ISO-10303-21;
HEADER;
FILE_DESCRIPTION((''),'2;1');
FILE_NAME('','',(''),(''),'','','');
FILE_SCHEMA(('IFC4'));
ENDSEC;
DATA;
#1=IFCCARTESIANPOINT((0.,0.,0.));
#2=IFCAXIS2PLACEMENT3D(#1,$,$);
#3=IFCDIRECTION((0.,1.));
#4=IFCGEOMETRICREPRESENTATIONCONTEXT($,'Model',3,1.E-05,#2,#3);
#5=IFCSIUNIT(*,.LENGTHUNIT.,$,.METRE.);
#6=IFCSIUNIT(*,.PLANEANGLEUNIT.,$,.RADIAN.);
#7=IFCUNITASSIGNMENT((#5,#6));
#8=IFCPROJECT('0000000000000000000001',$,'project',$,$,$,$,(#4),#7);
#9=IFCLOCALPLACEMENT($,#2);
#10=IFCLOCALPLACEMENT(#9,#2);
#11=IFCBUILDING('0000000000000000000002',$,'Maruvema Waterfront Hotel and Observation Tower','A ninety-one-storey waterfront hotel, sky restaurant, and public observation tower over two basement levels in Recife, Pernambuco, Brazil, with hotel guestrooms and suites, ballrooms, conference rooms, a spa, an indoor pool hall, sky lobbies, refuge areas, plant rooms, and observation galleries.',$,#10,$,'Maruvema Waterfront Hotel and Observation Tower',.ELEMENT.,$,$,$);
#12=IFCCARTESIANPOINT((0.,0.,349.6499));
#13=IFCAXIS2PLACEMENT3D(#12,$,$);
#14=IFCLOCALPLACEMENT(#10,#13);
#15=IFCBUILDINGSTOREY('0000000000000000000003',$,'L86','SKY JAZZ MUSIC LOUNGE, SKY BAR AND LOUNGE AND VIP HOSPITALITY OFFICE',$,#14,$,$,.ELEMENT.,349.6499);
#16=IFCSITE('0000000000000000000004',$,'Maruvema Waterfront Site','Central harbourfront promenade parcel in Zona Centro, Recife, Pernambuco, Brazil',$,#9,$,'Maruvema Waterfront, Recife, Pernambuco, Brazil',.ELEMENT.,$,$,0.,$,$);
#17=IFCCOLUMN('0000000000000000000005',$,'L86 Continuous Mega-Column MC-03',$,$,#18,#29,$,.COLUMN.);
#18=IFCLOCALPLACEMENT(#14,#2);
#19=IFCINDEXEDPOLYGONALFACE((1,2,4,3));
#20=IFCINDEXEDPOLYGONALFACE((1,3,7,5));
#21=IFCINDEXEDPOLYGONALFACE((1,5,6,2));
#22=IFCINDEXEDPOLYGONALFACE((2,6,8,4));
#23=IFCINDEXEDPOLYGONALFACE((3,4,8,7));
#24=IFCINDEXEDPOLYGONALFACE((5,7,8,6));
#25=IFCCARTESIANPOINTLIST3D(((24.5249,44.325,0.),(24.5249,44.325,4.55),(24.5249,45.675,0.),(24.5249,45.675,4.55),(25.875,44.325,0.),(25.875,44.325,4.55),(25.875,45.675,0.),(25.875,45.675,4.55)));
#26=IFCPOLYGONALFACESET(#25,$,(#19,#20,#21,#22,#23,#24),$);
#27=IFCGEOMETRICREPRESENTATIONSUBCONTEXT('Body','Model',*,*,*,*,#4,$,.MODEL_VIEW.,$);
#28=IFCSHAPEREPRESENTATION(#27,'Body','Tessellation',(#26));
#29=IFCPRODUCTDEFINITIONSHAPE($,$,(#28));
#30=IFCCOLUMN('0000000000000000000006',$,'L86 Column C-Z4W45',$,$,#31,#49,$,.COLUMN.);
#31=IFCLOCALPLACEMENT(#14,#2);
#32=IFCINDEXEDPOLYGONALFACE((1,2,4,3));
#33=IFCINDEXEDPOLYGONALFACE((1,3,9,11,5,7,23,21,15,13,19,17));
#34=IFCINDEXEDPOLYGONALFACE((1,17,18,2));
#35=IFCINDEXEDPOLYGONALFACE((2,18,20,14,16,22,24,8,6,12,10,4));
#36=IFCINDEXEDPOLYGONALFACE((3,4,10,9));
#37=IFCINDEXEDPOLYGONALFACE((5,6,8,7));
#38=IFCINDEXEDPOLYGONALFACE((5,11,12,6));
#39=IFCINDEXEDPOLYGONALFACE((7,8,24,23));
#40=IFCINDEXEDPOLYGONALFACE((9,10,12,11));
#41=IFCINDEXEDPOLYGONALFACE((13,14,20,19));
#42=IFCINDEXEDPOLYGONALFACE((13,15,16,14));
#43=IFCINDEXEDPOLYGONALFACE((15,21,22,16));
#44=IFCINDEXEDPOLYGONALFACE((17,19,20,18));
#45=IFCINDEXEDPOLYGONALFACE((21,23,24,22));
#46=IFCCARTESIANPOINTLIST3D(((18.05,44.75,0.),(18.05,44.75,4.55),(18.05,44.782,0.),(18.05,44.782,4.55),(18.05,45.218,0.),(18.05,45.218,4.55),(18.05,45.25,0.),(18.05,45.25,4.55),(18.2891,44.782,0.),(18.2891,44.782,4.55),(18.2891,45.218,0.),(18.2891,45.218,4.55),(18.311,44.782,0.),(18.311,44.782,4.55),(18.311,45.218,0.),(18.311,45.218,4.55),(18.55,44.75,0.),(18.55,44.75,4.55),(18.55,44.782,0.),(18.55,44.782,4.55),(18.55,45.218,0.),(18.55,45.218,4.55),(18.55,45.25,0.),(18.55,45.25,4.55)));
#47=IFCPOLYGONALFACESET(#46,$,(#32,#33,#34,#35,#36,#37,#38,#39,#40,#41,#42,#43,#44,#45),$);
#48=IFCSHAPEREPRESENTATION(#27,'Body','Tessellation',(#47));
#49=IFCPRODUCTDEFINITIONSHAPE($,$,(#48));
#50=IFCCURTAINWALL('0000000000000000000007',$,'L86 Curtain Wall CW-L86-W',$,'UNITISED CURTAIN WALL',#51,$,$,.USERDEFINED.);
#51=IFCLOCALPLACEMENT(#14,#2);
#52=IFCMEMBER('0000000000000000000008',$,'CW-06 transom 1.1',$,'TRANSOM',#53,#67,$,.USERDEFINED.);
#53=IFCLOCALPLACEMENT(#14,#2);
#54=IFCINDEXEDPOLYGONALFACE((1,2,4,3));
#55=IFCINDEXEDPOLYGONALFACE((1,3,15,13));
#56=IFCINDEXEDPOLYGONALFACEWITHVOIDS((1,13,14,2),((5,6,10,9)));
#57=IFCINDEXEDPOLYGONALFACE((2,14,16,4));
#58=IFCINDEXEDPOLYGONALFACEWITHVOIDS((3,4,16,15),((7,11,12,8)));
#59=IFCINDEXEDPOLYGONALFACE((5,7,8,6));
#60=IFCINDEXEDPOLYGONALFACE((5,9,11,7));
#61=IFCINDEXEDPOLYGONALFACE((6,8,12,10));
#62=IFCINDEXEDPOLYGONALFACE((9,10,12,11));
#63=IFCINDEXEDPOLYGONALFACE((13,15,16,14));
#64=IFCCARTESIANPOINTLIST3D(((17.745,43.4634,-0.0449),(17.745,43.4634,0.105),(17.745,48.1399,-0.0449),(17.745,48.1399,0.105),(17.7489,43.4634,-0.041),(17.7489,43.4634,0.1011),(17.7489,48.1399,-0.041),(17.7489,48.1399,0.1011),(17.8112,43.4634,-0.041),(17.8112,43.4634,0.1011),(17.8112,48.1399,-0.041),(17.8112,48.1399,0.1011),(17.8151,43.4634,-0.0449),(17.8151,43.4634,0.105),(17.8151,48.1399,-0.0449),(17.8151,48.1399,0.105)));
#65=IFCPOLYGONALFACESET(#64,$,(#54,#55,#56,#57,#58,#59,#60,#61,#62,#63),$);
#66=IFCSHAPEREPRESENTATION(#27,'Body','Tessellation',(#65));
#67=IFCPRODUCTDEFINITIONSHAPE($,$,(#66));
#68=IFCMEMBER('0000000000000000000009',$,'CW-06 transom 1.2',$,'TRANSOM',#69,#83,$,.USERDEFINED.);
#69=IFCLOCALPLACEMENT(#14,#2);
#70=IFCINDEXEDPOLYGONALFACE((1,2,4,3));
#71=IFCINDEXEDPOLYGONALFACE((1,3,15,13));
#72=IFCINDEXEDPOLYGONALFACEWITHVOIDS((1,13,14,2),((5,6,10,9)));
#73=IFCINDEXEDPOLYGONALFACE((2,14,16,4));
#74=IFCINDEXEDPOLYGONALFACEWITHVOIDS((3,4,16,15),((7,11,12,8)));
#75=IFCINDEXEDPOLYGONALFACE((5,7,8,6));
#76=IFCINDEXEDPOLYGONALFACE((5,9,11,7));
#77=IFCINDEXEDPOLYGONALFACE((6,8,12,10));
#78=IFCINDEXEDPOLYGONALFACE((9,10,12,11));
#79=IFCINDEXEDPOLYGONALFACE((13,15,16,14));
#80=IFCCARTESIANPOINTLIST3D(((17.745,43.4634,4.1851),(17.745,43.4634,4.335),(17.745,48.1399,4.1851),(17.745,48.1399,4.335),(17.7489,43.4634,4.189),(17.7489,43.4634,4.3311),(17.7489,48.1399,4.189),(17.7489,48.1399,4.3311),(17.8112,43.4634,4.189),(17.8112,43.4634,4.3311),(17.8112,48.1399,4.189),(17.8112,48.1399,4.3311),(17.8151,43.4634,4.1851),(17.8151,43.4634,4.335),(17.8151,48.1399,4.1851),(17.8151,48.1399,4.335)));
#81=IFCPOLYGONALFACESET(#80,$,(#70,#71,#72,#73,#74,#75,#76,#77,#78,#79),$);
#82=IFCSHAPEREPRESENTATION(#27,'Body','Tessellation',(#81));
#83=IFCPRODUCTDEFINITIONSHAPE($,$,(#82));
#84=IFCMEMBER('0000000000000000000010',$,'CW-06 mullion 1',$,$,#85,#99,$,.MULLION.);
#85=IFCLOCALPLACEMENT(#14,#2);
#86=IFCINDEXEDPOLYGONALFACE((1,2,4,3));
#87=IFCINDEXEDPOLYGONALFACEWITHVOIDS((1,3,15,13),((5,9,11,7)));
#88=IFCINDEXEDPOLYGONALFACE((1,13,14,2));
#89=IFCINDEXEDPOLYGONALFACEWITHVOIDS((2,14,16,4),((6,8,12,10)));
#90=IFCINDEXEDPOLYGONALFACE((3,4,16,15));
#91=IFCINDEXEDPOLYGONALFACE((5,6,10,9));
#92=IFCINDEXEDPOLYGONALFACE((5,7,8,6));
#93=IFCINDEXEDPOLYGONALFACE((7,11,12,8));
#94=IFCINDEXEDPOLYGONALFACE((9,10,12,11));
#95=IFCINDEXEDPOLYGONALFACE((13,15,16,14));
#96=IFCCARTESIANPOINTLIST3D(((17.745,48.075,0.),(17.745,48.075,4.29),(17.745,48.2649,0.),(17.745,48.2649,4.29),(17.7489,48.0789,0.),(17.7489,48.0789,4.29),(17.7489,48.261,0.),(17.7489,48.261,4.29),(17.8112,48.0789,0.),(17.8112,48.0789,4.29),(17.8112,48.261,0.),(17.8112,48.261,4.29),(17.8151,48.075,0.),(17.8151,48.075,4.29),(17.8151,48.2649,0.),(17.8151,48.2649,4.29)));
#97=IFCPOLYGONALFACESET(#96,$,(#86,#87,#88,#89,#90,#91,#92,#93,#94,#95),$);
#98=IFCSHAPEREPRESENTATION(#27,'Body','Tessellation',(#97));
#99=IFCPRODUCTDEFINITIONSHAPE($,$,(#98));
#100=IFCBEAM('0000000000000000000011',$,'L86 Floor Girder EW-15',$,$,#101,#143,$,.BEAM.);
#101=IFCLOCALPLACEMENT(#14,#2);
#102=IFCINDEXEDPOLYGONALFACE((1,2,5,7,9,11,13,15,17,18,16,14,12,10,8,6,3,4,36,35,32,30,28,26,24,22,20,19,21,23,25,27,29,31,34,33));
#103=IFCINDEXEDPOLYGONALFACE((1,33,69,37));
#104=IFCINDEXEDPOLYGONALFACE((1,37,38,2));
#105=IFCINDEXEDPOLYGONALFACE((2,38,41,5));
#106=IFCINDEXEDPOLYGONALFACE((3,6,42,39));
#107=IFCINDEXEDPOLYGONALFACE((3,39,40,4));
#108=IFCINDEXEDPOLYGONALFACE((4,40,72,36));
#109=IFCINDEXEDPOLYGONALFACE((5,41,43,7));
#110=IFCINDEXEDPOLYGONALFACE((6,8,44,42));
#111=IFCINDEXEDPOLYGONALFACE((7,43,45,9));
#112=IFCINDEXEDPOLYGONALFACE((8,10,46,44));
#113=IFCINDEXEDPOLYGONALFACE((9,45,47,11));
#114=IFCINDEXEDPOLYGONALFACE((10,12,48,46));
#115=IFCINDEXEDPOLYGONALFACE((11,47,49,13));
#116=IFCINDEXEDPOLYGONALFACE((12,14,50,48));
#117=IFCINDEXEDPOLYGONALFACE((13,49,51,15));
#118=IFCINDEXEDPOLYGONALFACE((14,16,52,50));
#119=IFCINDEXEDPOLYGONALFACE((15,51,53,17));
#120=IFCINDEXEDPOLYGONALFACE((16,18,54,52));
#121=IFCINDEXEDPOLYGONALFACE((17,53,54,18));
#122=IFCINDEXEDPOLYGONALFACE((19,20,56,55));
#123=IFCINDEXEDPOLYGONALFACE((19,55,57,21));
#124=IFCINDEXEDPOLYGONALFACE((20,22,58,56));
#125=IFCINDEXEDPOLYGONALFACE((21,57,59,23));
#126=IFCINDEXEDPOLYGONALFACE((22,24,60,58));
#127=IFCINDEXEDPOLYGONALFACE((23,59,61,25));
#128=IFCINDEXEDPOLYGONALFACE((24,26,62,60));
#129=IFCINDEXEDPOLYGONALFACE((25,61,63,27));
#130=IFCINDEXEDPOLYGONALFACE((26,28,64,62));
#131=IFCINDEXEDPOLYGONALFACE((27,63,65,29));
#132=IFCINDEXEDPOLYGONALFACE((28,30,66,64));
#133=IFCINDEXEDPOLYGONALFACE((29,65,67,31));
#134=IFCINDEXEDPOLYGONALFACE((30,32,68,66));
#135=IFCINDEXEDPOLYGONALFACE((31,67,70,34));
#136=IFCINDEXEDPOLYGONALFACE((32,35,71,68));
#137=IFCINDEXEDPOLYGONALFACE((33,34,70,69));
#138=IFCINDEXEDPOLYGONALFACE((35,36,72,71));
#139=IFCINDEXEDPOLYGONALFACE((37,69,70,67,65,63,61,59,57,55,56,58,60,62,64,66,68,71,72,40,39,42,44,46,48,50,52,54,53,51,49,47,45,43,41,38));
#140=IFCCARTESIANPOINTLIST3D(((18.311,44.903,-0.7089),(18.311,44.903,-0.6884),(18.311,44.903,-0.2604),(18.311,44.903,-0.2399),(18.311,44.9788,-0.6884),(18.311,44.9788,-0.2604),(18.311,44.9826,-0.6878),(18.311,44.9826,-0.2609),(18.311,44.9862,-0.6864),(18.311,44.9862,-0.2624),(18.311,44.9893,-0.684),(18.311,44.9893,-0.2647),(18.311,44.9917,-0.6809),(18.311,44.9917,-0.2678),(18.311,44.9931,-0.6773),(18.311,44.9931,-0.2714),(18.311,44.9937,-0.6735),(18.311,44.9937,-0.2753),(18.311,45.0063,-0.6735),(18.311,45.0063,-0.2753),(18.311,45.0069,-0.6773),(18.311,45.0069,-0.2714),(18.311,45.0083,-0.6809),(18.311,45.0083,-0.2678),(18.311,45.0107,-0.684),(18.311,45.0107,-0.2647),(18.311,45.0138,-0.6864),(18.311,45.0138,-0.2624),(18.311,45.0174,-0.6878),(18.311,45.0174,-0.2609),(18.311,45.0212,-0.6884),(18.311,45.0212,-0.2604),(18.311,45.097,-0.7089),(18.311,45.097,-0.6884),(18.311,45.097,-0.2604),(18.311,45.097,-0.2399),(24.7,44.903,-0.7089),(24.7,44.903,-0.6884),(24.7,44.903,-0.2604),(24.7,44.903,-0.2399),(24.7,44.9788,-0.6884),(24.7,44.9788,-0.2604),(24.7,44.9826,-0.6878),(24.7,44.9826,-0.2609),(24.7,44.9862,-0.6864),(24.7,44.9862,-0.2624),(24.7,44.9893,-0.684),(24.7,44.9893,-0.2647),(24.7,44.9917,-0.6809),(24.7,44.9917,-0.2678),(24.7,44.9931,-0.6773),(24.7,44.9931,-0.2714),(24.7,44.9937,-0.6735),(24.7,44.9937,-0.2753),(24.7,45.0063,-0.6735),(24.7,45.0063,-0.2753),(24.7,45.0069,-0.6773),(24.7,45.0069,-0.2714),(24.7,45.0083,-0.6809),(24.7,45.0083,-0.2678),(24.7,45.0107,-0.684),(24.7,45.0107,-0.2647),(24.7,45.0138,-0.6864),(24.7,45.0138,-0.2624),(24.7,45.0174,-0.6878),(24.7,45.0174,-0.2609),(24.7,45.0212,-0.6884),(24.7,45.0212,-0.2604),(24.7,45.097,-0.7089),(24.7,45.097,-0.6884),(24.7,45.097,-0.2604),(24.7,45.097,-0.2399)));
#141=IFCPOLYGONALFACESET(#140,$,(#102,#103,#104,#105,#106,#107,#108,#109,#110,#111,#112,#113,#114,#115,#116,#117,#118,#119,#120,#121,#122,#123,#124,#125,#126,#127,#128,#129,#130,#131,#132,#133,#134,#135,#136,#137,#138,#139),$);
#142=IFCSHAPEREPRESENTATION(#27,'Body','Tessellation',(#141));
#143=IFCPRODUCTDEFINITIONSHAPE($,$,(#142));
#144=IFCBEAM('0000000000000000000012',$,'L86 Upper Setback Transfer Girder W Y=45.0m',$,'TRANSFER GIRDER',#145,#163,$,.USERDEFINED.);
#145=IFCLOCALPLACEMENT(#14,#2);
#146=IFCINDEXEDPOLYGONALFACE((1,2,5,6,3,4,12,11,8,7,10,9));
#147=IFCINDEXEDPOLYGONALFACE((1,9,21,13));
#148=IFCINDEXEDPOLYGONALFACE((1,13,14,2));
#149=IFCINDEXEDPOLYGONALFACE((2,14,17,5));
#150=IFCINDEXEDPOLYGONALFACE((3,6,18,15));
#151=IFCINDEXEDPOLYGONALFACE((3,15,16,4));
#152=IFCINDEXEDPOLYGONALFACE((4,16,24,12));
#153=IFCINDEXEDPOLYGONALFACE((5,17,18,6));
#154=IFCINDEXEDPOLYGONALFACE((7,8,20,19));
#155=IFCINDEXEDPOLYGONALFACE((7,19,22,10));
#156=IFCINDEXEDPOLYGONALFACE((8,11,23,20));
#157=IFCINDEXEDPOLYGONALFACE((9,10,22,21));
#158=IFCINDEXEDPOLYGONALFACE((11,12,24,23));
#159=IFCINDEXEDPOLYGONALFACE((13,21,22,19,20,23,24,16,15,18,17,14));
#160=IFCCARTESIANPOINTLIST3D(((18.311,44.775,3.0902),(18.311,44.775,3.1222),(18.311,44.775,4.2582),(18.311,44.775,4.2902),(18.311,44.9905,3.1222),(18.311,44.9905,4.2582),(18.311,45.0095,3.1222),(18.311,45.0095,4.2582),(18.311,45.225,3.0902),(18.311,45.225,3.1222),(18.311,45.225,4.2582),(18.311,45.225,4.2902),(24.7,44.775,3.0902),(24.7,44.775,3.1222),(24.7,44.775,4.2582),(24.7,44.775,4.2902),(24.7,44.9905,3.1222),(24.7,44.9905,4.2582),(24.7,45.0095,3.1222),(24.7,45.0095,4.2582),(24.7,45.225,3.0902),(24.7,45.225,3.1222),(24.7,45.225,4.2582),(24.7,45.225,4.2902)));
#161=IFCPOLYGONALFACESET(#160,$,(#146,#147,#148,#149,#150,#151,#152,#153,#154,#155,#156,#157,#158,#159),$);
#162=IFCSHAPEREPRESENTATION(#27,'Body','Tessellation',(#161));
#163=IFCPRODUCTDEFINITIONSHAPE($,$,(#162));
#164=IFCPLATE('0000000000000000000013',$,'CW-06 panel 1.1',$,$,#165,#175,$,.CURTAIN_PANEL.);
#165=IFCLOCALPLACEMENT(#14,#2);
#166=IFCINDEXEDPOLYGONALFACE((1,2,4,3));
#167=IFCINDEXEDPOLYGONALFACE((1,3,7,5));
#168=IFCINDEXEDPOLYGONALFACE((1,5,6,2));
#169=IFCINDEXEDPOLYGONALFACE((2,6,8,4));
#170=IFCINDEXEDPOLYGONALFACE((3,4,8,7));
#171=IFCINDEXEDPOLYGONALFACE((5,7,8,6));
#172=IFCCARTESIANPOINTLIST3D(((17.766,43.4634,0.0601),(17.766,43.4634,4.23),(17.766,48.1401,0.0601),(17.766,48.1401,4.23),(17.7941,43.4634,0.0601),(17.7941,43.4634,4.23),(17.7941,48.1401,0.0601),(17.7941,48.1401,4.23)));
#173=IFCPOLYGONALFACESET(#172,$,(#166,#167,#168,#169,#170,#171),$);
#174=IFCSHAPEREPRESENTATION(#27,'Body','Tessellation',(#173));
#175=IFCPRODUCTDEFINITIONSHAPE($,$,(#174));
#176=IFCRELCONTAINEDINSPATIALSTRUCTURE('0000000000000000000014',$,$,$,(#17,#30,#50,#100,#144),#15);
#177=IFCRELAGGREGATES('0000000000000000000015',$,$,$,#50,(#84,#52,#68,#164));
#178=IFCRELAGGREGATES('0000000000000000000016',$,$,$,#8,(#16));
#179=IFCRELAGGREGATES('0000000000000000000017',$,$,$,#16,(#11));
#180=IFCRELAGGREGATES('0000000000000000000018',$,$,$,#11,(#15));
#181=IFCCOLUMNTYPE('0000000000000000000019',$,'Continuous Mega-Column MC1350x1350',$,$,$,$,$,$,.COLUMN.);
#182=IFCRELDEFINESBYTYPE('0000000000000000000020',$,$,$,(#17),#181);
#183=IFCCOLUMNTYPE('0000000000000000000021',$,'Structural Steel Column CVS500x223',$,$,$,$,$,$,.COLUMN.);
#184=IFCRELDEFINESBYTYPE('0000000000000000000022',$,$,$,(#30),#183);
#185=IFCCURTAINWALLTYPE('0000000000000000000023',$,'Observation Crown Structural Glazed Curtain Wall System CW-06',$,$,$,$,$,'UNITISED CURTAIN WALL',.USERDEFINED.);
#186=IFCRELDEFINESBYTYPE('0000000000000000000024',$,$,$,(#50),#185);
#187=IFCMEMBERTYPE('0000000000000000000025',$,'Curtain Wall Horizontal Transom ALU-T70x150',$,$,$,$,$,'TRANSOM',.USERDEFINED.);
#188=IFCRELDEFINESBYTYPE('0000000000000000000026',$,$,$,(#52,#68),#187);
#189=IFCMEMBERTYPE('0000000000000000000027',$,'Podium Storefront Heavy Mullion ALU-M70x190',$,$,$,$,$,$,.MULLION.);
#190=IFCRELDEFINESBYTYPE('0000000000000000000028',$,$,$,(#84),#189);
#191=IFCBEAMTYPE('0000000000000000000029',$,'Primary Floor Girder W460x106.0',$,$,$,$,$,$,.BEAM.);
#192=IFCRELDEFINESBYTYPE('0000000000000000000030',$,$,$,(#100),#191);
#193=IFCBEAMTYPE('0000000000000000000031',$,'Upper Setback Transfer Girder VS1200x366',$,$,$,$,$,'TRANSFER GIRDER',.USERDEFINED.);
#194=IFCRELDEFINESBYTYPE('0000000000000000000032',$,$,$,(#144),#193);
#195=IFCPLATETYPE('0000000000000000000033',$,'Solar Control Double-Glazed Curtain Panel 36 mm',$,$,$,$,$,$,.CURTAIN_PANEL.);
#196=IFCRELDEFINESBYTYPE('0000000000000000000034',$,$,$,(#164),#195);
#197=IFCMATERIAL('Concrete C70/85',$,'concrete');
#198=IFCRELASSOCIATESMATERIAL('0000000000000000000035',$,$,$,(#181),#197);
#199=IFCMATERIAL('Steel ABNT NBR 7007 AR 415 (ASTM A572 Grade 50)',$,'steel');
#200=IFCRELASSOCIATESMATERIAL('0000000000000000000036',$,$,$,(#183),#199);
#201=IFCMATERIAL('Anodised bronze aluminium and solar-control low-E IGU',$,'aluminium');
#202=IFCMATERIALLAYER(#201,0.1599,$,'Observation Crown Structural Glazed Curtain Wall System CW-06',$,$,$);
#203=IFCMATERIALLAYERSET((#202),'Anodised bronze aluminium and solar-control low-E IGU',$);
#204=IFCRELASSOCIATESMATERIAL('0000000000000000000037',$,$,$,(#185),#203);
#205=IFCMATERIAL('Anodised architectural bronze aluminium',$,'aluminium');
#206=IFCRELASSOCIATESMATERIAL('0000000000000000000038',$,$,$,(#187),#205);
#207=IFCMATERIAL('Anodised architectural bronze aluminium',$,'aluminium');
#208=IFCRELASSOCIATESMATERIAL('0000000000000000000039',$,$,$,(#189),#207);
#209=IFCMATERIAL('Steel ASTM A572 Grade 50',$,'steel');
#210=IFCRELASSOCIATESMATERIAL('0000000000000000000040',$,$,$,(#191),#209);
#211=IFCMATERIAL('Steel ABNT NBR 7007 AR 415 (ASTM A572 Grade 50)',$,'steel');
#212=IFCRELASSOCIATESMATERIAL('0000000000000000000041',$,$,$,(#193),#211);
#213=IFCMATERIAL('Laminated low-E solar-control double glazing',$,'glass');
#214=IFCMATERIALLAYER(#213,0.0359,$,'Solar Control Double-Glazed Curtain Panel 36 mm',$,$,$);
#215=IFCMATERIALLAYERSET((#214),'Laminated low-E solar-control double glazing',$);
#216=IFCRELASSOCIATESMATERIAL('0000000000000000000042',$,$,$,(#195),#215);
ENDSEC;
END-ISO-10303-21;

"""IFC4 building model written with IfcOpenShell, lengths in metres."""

from ifc_helpers import new_model, si_unit, direction, frame, origin, origin_2d, place, context, subcontext, project, spatial, rectangle, hollow_rectangle, i_section, extrude, material, layer, layer_set, material_profile, profile_set, type_object, element, aggregate, save


model = new_model("IFC4")

# Units and contexts
model_context = context("Model", 3, precision=1e-05, world=origin(), true_north=direction((0.0, 1.0)))
body_context = subcontext(model_context, "Body", "Model", "MODEL_VIEW")
ifc_project = project(units=[si_unit("LENGTHUNIT", "METRE"), si_unit("PLANEANGLEUNIT", "RADIAN")], contexts=[model_context])

# Site, building, storey
site_placement = place(None, origin())
site = spatial("IfcSite", under=ifc_project, at=site_placement, Name="Maruvema Waterfront Site", Description="Central harbourfront promenade parcel in Zona Centro, Recife, Pernambuco, Brazil", LongName="Maruvema Waterfront, Recife, Pernambuco, Brazil", CompositionType="ELEMENT", RefElevation=0.0)
building_placement = place(site_placement, origin())
building = spatial("IfcBuilding", under=site, at=building_placement, Name="Maruvema Waterfront Hotel and Observation Tower", Description="A ninety-one-storey waterfront hotel, sky restaurant, and public observation tower over two basement levels in Recife, Pernambuco, Brazil, with hotel guestrooms and suites, ballrooms, conference rooms, a spa, an indoor pool hall, sky lobbies, refuge areas, plant rooms, and observation galleries.", LongName="Maruvema Waterfront Hotel and Observation Tower", CompositionType="ELEMENT")
storey_placement = place(building_placement, frame((0.0, 0.0, 349.6499)))
storey = spatial("IfcBuildingStorey", under=building, at=storey_placement, Name="L86", Description="SKY JAZZ MUSIC LOUNGE, SKY BAR AND LOUNGE AND VIP HOSPITALITY OFFICE", CompositionType="ELEMENT", Elevation=349.6499)

# Columns
ifc_material_1 = material(Name="Concrete C70/85", Category="concrete")
ifc_material_profile_1 = material_profile(ifc_material_1, rectangle(XDim=1.3501, YDim=1.3501, at=origin_2d()), Name="MC1350x1350")
ifc_profile_set_1 = profile_set([ifc_material_profile_1], Name="Concrete C70/85")
column_type_1 = type_object("IfcColumnType", Name="Continuous Mega-Column MC1350x1350", PredefinedType="COLUMN", material=ifc_profile_set_1)
column_1_placement = place(storey_placement, frame((25.2, 45.0, 0.0), z_axis=(0.0, 0.0, 1.0), x_axis=(1.0, 0.0, 0.0)))
element("IfcColumn", 1, at=column_1_placement, inside=storey, type_object=column_type_1, Name="L86 Continuous Mega-Column MC-03", PredefinedType="COLUMN", context=body_context, shape_type="SweptSolid", body=[
    extrude(rectangle(XDim=1.3501, YDim=1.3501, at=origin_2d()), origin(), (0.0, 0.0, 1.0), 4.55),
])
ifc_material_2 = material(Name="Steel ABNT NBR 7007 AR 415 (ASTM A572 Grade 50)", Category="steel")
ifc_material_profile_2 = material_profile(ifc_material_2, i_section(OverallWidth=0.5, OverallDepth=0.5, WebThickness=0.022, FlangeThickness=0.032, at=origin_2d()), Name="CVS500x223")
ifc_profile_set_2 = profile_set([ifc_material_profile_2], Name="Steel ABNT NBR 7007 AR 415 (ASTM A572 Grade 50)")
column_type_2 = type_object("IfcColumnType", Name="Structural Steel Column CVS500x223", PredefinedType="COLUMN", material=ifc_profile_set_2)
column_2_placement = place(storey_placement, frame((18.3, 45.0, 0.0), z_axis=(0.0, 0.0, 1.0), x_axis=(1.0, 0.0, 0.0)))
element("IfcColumn", 2, at=column_2_placement, inside=storey, type_object=column_type_2, Name="L86 Column C-Z4W45", PredefinedType="COLUMN", context=body_context, shape_type="SweptSolid", body=[
    extrude(i_section(OverallWidth=0.5, OverallDepth=0.5, WebThickness=0.022, FlangeThickness=0.032, at=origin_2d()), origin(), (0.0, 0.0, 1.0), 4.55),
])

# Curtain wall, members
ifc_material_3 = material(Name="Anodised bronze aluminium and solar-control low-E IGU", Category="aluminium")
ifc_layer_1 = layer(ifc_material_3, 0.1599, Name="Observation Crown Structural Glazed Curtain Wall System CW-06")
ifc_layer_set_1 = layer_set([ifc_layer_1], Name="Anodised bronze aluminium and solar-control low-E IGU")
curtain_wall_type = type_object("IfcCurtainWallType", Name="Observation Crown Structural Glazed Curtain Wall System CW-06", ElementType="UNITISED CURTAIN WALL", PredefinedType="USERDEFINED", material=ifc_layer_set_1)
curtain_wall_placement = place(storey_placement, origin())
curtain_wall = element("IfcCurtainWall", 3, at=curtain_wall_placement, inside=storey, type_object=curtain_wall_type, Name="L86 Curtain Wall CW-L86-W", ObjectType="UNITISED CURTAIN WALL", PredefinedType="USERDEFINED")
ifc_material_4 = material(Name="Anodised architectural bronze aluminium", Category="aluminium")
ifc_material_profile_3 = material_profile(ifc_material_4, hollow_rectangle(XDim=0.0701, YDim=0.1499, WallThickness=0.0039, at=origin_2d()), Name="ALU-T70x150")
ifc_profile_set_3 = profile_set([ifc_material_profile_3], Name="Anodised architectural bronze aluminium")
member_type_1 = type_object("IfcMemberType", Name="Curtain Wall Horizontal Transom ALU-T70x150", ElementType="TRANSOM", PredefinedType="USERDEFINED", material=ifc_profile_set_3)
member_1_placement = place(storey_placement, frame((17.78, 48.1399, 0.03), z_axis=(0.0, -1.0, 0.0), x_axis=(1.0, 0.0, 0.0)))
member_1 = element("IfcMember", 4, at=member_1_placement, type_object=member_type_1, Name="CW-06 transom 1.1", ObjectType="TRANSOM", PredefinedType="USERDEFINED", context=body_context, shape_type="SweptSolid", body=[
    extrude(hollow_rectangle(XDim=0.0701, YDim=0.1499, WallThickness=0.0039, at=origin_2d()), origin(), (0.0, 0.0, 1.0), 4.6765),
])
member_2_placement = place(storey_placement, frame((17.78, 48.1399, 4.26), z_axis=(0.0, -1.0, 0.0), x_axis=(1.0, 0.0, 0.0)))
member_2 = element("IfcMember", 5, at=member_2_placement, type_object=member_type_1, Name="CW-06 transom 1.2", ObjectType="TRANSOM", PredefinedType="USERDEFINED", context=body_context, shape_type="SweptSolid", body=[
    extrude(hollow_rectangle(XDim=0.0701, YDim=0.1499, WallThickness=0.0039, at=origin_2d()), origin(), (0.0, 0.0, 1.0), 4.6765),
])
ifc_material_5 = material(Name="Anodised architectural bronze aluminium", Category="aluminium")
ifc_material_profile_4 = material_profile(ifc_material_5, hollow_rectangle(XDim=0.0701, YDim=0.1899, WallThickness=0.0039, at=origin_2d()), Name="ALU-M70x190")
ifc_profile_set_4 = profile_set([ifc_material_profile_4], Name="Anodised architectural bronze aluminium")
member_type_2 = type_object("IfcMemberType", Name="Podium Storefront Heavy Mullion ALU-M70x190", PredefinedType="MULLION", material=ifc_profile_set_4)
member_3_placement = place(storey_placement, frame((17.78, 48.1699, 0.0), z_axis=(0.0, 0.0, 1.0), x_axis=(1.0, 0.0, 0.0)))
member_3 = element("IfcMember", 6, at=member_3_placement, type_object=member_type_2, Name="CW-06 mullion 1", PredefinedType="MULLION", context=body_context, shape_type="SweptSolid", body=[
    extrude(hollow_rectangle(XDim=0.0701, YDim=0.1899, WallThickness=0.0039, at=origin_2d()), origin(), (0.0, 0.0, 1.0), 4.29),
])

# Beams
ifc_material_6 = material(Name="Steel ASTM A572 Grade 50", Category="steel")
ifc_material_profile_5 = material_profile(ifc_material_6, i_section(OverallWidth=0.1941, OverallDepth=0.469, WebThickness=0.0127, FlangeThickness=0.0205, FilletRadius=0.0149, at=origin_2d()), Name="W460x106.0")
ifc_profile_set_5 = profile_set([ifc_material_profile_5], Name="Steel ASTM A572 Grade 50")
beam_type_1 = type_object("IfcBeamType", Name="Primary Floor Girder W460x106.0", PredefinedType="BEAM", material=ifc_profile_set_5)
beam_1_placement = place(storey_placement, frame((18.311, 45.0, -0.4744), z_axis=(1.0, 0.0, 0.0), x_axis=(0.0, 1.0, 0.0)))
element("IfcBeam", 7, at=beam_1_placement, inside=storey, type_object=beam_type_1, Name="L86 Floor Girder EW-15", PredefinedType="BEAM", context=body_context, shape_type="SweptSolid", body=[
    extrude(i_section(OverallWidth=0.1941, OverallDepth=0.469, WebThickness=0.0127, FlangeThickness=0.0205, FilletRadius=0.0149, at=origin_2d()), origin(), (0.0, 0.0, 1.0), 6.3889),
])
ifc_material_7 = material(Name="Steel ABNT NBR 7007 AR 415 (ASTM A572 Grade 50)", Category="steel")
ifc_material_profile_6 = material_profile(ifc_material_7, i_section(OverallWidth=0.45, OverallDepth=1.2, WebThickness=0.019, FlangeThickness=0.032, at=origin_2d()), Name="VS1200x366")
ifc_profile_set_6 = profile_set([ifc_material_profile_6], Name="Steel ABNT NBR 7007 AR 415 (ASTM A572 Grade 50)")
beam_type_2 = type_object("IfcBeamType", Name="Upper Setback Transfer Girder VS1200x366", ElementType="TRANSFER GIRDER", PredefinedType="USERDEFINED", material=ifc_profile_set_6)
beam_2_placement = place(storey_placement, frame((18.311, 45.0, 3.6902), z_axis=(1.0, 0.0, 0.0), x_axis=(0.0, 1.0, 0.0)))
element("IfcBeam", 8, at=beam_2_placement, inside=storey, type_object=beam_type_2, Name="L86 Upper Setback Transfer Girder W Y=45.0m", ObjectType="TRANSFER GIRDER", PredefinedType="USERDEFINED", context=body_context, shape_type="SweptSolid", body=[
    extrude(i_section(OverallWidth=0.45, OverallDepth=1.2, WebThickness=0.019, FlangeThickness=0.032, at=origin_2d()), origin(), (0.0, 0.0, 1.0), 6.3889),
])

# Plate
ifc_material_8 = material(Name="Laminated low-E solar-control double glazing", Category="glass")
ifc_layer_2 = layer(ifc_material_8, 0.0359, Name="Solar Control Double-Glazed Curtain Panel 36 mm")
ifc_layer_set_2 = layer_set([ifc_layer_2], Name="Laminated low-E solar-control double glazing")
plate_type = type_object("IfcPlateType", Name="Solar Control Double-Glazed Curtain Panel 36 mm", PredefinedType="CURTAIN_PANEL", material=ifc_layer_set_2)
plate_placement = place(storey_placement, frame((17.78, 45.8018, 0.0601), z_axis=(0.0, 0.0, 1.0), x_axis=(0.0, -1.0, 0.0)))
plate = element("IfcPlate", 9, at=plate_placement, type_object=plate_type, Name="CW-06 panel 1.1", PredefinedType="CURTAIN_PANEL", context=body_context, shape_type="SweptSolid", body=[
    extrude(rectangle(XDim=4.6768, YDim=0.0281, at=origin_2d()), origin(), (0.0, 0.0, 1.0), 4.1699),
])
aggregate(curtain_wall, [member_3, member_1, member_2, plate])

save(model, "model.ifc")
